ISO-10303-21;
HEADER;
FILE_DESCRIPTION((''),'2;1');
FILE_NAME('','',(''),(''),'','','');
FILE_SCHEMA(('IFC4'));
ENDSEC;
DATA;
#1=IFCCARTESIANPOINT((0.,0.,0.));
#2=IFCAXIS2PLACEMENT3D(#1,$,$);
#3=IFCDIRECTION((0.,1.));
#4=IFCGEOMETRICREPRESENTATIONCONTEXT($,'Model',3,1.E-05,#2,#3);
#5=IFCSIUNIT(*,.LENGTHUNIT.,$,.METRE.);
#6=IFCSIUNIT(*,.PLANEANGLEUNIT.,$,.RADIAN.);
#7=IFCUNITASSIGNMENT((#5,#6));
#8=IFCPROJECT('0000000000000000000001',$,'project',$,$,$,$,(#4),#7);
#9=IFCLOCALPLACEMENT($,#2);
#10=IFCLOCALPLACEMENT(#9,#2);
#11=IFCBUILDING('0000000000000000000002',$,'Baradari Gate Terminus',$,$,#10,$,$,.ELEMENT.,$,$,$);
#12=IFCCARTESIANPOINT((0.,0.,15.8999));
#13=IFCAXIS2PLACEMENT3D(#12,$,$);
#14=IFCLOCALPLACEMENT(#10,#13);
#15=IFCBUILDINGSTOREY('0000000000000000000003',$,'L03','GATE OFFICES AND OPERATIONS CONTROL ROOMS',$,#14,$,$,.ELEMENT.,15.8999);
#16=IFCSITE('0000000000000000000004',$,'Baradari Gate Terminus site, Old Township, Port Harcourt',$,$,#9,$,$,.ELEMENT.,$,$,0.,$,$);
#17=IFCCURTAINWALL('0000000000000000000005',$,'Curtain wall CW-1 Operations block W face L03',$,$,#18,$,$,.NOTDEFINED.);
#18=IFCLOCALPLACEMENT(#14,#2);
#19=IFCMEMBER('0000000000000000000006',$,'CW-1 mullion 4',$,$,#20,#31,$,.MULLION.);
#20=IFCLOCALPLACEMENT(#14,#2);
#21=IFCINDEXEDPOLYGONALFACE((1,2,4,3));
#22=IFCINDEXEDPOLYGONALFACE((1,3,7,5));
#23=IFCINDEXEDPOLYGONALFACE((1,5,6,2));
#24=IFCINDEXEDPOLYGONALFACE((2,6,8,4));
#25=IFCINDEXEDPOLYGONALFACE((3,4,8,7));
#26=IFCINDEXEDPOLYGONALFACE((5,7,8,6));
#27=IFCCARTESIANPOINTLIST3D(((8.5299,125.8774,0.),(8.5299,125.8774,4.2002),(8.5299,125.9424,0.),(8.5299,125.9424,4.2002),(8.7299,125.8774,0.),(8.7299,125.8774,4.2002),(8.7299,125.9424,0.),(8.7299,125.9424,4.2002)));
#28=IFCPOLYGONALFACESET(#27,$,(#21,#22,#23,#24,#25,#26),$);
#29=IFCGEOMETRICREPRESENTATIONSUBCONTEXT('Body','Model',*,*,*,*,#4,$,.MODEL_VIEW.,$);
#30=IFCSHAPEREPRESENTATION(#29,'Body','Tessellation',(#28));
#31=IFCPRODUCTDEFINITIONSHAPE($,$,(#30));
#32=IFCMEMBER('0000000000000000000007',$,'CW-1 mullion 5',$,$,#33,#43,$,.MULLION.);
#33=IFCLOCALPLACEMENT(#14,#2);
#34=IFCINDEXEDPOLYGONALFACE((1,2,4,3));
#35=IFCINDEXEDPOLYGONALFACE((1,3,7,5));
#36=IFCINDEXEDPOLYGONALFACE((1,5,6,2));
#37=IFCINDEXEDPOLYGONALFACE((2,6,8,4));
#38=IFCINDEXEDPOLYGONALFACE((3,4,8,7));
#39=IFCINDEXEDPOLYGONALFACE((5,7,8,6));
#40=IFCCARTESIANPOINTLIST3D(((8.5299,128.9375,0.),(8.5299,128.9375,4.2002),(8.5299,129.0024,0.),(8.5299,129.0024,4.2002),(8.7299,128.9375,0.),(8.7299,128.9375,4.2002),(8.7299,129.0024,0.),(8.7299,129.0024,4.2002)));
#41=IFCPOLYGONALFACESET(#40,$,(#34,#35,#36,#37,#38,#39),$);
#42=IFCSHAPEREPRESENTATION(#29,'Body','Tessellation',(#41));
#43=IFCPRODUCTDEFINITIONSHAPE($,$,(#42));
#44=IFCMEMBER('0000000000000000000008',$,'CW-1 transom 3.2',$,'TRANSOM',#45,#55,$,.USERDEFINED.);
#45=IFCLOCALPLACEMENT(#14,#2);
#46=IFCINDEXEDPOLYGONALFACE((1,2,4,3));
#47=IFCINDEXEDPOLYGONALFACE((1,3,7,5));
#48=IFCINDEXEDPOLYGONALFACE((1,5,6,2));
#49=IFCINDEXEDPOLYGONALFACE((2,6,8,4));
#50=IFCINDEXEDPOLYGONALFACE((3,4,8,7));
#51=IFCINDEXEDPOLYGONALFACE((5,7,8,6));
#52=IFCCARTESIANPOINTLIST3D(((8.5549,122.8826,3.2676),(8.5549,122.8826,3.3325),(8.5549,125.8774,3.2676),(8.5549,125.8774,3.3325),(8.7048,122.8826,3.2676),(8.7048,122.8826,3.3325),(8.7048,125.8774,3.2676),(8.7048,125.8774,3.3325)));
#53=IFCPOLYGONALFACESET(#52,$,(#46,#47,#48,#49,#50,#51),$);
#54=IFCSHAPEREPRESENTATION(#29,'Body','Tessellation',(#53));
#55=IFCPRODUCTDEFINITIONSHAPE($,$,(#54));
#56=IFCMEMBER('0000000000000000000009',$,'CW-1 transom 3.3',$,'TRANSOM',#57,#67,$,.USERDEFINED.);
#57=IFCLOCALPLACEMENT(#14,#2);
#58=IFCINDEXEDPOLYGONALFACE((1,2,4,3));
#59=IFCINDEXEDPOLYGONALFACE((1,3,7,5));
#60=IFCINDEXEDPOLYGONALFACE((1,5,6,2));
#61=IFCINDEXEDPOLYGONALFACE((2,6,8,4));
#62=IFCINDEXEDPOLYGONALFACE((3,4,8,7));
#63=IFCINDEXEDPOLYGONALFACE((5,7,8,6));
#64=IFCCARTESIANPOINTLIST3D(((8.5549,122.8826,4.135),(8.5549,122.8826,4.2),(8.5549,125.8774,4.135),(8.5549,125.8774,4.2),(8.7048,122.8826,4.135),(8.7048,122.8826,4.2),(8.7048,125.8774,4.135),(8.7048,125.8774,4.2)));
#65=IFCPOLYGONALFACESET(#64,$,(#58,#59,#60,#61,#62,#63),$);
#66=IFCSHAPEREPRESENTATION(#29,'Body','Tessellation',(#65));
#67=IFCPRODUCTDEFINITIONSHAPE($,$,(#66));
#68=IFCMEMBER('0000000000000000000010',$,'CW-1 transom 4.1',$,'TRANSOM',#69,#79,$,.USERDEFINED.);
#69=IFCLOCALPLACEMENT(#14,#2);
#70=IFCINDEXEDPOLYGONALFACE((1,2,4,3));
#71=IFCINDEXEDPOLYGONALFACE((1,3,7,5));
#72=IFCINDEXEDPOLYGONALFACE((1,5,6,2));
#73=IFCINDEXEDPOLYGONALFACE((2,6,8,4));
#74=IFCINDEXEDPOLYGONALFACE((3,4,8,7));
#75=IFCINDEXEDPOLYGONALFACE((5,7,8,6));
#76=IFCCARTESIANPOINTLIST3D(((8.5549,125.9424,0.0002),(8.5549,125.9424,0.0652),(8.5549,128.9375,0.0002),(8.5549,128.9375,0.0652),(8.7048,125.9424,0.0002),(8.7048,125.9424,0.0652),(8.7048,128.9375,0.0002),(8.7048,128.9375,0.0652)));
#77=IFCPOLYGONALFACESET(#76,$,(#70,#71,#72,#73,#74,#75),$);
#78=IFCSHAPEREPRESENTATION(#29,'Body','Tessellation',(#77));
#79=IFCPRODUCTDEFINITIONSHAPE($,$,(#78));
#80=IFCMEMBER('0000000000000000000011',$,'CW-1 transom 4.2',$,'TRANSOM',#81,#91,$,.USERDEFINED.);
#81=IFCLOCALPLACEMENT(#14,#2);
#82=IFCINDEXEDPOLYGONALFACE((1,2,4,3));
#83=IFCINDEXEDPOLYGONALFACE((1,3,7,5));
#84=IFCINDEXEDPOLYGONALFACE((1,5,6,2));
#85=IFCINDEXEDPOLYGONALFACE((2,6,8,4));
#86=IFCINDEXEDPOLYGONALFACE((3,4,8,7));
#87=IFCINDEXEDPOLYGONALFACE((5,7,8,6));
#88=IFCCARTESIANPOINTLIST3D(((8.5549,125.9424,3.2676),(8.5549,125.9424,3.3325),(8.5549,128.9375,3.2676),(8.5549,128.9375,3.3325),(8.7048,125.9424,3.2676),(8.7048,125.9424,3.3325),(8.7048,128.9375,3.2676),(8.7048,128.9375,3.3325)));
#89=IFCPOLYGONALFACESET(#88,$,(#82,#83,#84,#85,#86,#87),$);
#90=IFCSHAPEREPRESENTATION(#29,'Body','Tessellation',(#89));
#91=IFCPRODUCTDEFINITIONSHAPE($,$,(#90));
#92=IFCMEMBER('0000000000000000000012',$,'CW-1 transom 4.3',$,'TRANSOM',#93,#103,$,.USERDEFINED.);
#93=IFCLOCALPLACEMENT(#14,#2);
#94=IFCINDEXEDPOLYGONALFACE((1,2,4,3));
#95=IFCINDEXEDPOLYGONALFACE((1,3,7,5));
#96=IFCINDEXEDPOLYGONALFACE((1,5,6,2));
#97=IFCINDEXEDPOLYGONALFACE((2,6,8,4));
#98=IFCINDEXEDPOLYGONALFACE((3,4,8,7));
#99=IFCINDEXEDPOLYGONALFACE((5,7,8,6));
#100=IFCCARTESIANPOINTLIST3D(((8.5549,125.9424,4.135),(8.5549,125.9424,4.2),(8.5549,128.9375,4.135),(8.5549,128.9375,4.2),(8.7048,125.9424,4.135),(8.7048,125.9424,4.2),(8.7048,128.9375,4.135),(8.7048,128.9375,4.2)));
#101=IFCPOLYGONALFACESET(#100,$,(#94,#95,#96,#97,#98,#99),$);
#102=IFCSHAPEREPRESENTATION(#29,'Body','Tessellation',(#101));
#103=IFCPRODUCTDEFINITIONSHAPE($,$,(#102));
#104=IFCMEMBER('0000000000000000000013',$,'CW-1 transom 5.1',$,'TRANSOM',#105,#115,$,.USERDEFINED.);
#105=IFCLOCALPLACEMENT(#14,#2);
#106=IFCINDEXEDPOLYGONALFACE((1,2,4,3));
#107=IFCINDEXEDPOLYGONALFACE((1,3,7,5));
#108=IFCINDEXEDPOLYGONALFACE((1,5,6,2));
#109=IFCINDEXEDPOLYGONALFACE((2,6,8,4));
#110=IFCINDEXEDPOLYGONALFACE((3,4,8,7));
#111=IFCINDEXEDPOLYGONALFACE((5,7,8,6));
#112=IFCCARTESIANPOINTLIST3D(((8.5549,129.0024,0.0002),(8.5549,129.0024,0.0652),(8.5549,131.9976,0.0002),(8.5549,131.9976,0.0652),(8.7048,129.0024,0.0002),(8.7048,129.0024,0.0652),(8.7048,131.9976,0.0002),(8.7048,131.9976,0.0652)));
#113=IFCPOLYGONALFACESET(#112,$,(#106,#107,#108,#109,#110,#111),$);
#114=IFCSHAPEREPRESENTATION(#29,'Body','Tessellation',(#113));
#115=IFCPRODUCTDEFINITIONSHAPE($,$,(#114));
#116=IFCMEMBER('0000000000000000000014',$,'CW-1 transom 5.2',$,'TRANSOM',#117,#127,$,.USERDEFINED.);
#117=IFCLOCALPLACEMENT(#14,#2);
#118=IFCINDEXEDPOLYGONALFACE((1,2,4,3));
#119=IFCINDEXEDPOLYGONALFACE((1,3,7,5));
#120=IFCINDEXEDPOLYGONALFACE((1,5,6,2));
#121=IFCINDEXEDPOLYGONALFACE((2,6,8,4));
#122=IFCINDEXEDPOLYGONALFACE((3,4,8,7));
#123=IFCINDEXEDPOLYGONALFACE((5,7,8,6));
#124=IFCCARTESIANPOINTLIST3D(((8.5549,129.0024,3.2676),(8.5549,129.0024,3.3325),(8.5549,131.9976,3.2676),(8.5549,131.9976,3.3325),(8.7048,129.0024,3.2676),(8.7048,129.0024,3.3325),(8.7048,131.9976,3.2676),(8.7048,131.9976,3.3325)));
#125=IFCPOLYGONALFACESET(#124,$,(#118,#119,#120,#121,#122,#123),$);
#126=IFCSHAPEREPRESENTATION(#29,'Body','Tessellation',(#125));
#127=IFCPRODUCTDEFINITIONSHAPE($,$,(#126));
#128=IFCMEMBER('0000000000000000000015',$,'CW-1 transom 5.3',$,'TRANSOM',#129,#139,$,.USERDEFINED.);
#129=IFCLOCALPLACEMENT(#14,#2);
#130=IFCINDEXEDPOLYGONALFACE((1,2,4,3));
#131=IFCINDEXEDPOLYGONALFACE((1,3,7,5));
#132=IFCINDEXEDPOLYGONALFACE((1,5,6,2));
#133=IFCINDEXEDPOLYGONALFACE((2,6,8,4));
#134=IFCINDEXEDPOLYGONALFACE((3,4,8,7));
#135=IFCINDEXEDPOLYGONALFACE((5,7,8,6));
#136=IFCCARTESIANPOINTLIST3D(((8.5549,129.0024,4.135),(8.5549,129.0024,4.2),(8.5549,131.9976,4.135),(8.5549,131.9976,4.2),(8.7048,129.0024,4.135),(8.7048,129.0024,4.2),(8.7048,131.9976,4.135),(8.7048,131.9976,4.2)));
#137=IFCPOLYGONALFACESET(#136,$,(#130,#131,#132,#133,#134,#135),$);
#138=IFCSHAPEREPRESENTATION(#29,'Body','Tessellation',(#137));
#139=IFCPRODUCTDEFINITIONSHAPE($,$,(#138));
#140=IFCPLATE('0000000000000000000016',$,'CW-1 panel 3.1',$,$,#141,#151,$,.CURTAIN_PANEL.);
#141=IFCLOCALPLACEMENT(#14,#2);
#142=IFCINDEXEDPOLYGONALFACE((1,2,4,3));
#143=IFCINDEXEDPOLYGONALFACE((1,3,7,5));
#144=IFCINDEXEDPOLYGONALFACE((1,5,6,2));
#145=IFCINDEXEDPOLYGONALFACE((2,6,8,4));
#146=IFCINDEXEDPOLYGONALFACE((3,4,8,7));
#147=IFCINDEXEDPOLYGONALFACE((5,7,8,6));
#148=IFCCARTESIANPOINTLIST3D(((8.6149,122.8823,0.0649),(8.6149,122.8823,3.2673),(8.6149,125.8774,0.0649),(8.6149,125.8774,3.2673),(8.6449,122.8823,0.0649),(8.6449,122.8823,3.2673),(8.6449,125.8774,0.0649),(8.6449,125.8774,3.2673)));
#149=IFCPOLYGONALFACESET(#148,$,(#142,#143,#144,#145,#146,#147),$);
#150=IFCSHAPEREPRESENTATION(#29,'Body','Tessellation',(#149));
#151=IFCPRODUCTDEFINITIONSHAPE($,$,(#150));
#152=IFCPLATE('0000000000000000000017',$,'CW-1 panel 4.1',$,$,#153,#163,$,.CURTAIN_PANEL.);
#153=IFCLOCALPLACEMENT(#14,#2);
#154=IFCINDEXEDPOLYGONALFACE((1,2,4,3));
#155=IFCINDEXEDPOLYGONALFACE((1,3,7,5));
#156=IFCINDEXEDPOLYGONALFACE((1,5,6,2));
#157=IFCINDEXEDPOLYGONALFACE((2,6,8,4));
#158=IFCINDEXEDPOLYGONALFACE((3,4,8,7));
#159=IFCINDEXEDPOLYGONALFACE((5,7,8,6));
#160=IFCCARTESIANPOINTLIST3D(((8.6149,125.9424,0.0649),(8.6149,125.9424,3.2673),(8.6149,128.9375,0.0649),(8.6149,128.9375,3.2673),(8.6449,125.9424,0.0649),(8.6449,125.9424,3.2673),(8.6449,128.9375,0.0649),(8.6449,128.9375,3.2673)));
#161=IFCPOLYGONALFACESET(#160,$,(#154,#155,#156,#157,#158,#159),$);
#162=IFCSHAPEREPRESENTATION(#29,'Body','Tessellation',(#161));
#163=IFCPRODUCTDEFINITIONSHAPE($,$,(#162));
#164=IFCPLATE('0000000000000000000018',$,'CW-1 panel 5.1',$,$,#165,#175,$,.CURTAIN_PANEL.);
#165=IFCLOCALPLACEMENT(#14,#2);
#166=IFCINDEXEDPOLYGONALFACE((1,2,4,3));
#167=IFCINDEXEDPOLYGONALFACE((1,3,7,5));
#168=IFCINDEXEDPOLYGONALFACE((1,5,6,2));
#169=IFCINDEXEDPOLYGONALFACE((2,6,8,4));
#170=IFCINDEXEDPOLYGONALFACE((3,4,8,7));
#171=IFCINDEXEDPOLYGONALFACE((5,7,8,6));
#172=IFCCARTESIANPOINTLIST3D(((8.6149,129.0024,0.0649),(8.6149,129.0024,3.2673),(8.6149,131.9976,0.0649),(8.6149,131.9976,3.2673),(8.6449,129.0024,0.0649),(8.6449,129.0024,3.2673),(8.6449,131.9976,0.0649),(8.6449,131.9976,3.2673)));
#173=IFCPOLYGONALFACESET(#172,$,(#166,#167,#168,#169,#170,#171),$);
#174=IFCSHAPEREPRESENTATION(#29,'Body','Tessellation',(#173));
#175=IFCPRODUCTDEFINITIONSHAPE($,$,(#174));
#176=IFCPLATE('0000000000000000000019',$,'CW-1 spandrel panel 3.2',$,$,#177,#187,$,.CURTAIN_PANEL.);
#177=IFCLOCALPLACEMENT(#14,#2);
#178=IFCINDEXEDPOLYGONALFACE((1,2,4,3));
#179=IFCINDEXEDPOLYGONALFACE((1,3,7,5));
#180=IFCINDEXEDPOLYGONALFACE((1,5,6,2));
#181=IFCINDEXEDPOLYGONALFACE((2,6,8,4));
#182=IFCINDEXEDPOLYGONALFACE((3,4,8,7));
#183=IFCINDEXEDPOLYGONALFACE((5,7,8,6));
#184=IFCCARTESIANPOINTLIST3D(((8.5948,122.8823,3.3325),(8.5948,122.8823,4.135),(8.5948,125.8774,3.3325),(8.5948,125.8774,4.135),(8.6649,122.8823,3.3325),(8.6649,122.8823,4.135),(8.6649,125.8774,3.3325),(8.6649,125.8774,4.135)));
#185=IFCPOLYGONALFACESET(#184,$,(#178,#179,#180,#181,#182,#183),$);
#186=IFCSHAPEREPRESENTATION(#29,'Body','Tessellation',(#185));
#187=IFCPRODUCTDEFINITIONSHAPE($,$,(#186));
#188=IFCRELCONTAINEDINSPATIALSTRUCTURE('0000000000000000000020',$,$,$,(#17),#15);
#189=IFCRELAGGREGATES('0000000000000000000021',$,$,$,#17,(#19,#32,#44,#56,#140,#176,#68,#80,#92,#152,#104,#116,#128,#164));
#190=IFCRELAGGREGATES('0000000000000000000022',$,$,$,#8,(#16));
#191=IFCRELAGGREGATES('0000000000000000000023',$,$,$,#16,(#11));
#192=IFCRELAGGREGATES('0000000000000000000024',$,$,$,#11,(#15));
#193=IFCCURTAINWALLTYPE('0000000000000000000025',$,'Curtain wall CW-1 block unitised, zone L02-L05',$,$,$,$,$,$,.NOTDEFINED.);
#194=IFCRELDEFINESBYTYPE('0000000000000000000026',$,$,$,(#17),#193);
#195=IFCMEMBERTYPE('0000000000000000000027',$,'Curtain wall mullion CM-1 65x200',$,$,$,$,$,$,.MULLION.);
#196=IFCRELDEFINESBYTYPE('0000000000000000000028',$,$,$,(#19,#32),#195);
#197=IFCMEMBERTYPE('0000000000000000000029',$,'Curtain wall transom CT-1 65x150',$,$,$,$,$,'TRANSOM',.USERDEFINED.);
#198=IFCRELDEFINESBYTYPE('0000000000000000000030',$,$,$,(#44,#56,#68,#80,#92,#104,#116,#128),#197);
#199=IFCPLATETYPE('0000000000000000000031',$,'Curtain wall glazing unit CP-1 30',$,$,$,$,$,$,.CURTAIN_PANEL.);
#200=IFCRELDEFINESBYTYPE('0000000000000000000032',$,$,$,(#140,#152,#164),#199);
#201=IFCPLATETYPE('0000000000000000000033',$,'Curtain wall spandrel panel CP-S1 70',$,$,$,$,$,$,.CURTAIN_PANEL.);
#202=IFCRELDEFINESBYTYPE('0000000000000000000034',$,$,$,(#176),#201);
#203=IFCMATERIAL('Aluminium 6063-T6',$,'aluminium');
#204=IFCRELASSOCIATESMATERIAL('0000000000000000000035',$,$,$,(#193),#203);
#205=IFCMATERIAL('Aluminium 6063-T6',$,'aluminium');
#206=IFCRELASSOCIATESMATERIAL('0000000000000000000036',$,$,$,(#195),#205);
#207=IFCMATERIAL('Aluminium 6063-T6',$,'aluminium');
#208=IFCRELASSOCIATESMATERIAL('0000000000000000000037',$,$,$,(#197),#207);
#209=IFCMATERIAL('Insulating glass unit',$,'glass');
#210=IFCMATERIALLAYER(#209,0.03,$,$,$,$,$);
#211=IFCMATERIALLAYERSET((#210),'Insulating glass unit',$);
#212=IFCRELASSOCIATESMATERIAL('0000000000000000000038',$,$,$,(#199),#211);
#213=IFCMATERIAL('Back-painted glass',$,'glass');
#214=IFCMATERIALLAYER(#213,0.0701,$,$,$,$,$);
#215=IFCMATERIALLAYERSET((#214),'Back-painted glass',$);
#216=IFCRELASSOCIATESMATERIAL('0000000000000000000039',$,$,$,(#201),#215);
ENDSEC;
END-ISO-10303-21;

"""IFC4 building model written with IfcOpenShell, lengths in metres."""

from ifc_helpers import new_model, si_unit, direction, frame, origin, origin_2d, place, context, subcontext, project, spatial, rectangle, extrude, material, layer, layer_set, material_profile, profile_set, type_object, element, aggregate, save


model = new_model("IFC4")

# Units and contexts
model_context = context("Model", 3, precision=1e-05, world=origin(), true_north=direction((0.0, 1.0)))
body_context = subcontext(model_context, "Body", "Model", "MODEL_VIEW")
ifc_project = project(units=[si_unit("LENGTHUNIT", "METRE"), si_unit("PLANEANGLEUNIT", "RADIAN")], contexts=[model_context])

# Site, building, storey
site_placement = place(None, origin())
site = spatial("IfcSite", under=ifc_project, at=site_placement, Name="Baradari Gate Terminus site, Old Township, Port Harcourt", CompositionType="ELEMENT", RefElevation=0.0)
building_placement = place(site_placement, origin())
building = spatial("IfcBuilding", under=site, at=building_placement, Name="Baradari Gate Terminus", CompositionType="ELEMENT")
storey_placement = place(building_placement, frame((0.0, 0.0, 15.8999)))
storey = spatial("IfcBuildingStorey", under=building, at=storey_placement, Name="L03", Description="GATE OFFICES AND OPERATIONS CONTROL ROOMS", CompositionType="ELEMENT", Elevation=15.8999)

# Curtain wall, members, plates
ifc_material_1 = material(Name="Aluminium 6063-T6", Category="aluminium")
curtain_wall_type = type_object("IfcCurtainWallType", Name="Curtain wall CW-1 block unitised, zone L02-L05", PredefinedType="NOTDEFINED", material=ifc_material_1)
curtain_wall_placement = place(storey_placement, origin())
curtain_wall = element("IfcCurtainWall", 1, at=curtain_wall_placement, inside=storey, type_object=curtain_wall_type, Name="Curtain wall CW-1 Operations block W face L03", PredefinedType="NOTDEFINED")
ifc_material_2 = material(Name="Aluminium 6063-T6", Category="aluminium")
ifc_material_profile_1 = material_profile(ifc_material_2, rectangle(XDim=0.2, YDim=0.0649, at=origin_2d()), Name="CM-1 65X200")
ifc_profile_set_1 = profile_set([ifc_material_profile_1], Name="Aluminium 6063-T6")
member_type_1 = type_object("IfcMemberType", Name="Curtain wall mullion CM-1 65x200", PredefinedType="MULLION", material=ifc_profile_set_1)
member_1_placement = place(storey_placement, frame((8.6299, 125.9099, 0.0), z_axis=(0.0, 0.0, 1.0), x_axis=(-1.0, 0.0, 0.0)))
member_1 = element("IfcMember", 2, at=member_1_placement, type_object=member_type_1, Name="CW-1 mullion 4", PredefinedType="MULLION", context=body_context, shape_type="SweptSolid", body=[
    extrude(rectangle(XDim=0.2, YDim=0.0649, at=origin_2d()), origin(), (0.0, 0.0, 1.0), 4.2002),
])
member_2_placement = place(storey_placement, frame((8.6299, 128.97, 0.0), z_axis=(0.0, 0.0, 1.0), x_axis=(-1.0, 0.0, 0.0)))
member_2 = element("IfcMember", 3, at=member_2_placement, type_object=member_type_1, Name="CW-1 mullion 5", PredefinedType="MULLION", context=body_context, shape_type="SweptSolid", body=[
    extrude(rectangle(XDim=0.2, YDim=0.0649, at=origin_2d()), origin(), (0.0, 0.0, 1.0), 4.2002),
])
ifc_material_3 = material(Name="Aluminium 6063-T6", Category="aluminium")
ifc_material_profile_2 = material_profile(ifc_material_3, rectangle(XDim=0.1499, YDim=0.0649, at=origin_2d()), Name="CT-1 65X150")
ifc_profile_set_2 = profile_set([ifc_material_profile_2], Name="Aluminium 6063-T6")
member_type_2 = type_object("IfcMemberType", Name="Curtain wall transom CT-1 65x150", ElementType="TRANSOM", PredefinedType="USERDEFINED", material=ifc_profile_set_2)
member_3_placement = place(storey_placement, frame((8.6299, 122.8826, 3.3), z_axis=(0.0, 1.0, 0.0), x_axis=(-1.0, 0.0, 0.0)))
member_3 = element("IfcMember", 4, at=member_3_placement, type_object=member_type_2, Name="CW-1 transom 3.2", ObjectType="TRANSOM", PredefinedType="USERDEFINED", context=body_context, shape_type="SweptSolid", body=[
    extrude(rectangle(XDim=0.1499, YDim=0.0649, at=origin_2d()), origin(), (0.0, 0.0, 1.0), 2.9949),
])
member_4_placement = place(storey_placement, frame((8.6299, 122.8826, 4.1675), z_axis=(0.0, 1.0, 0.0), x_axis=(-1.0, 0.0, 0.0)))
member_4 = element("IfcMember", 5, at=member_4_placement, type_object=member_type_2, Name="CW-1 transom 3.3", ObjectType="TRANSOM", PredefinedType="USERDEFINED", context=body_context, shape_type="SweptSolid", body=[
    extrude(rectangle(XDim=0.1499, YDim=0.0649, at=origin_2d()), origin(), (0.0, 0.0, 1.0), 2.9949),
])
member_5_placement = place(storey_placement, frame((8.6299, 125.9424, 0.0327), z_axis=(0.0, 1.0, 0.0), x_axis=(-1.0, 0.0, 0.0)))
member_5 = element("IfcMember", 6, at=member_5_placement, type_object=member_type_2, Name="CW-1 transom 4.1", ObjectType="TRANSOM", PredefinedType="USERDEFINED", context=body_context, shape_type="SweptSolid", body=[
    extrude(rectangle(XDim=0.1499, YDim=0.0649, at=origin_2d()), origin(), (0.0, 0.0, 1.0), 2.9951),
])
member_6_placement = place(storey_placement, frame((8.6299, 125.9424, 3.3), z_axis=(0.0, 1.0, 0.0), x_axis=(-1.0, 0.0, 0.0)))
member_6 = element("IfcMember", 7, at=member_6_placement, type_object=member_type_2, Name="CW-1 transom 4.2", ObjectType="TRANSOM", PredefinedType="USERDEFINED", context=body_context, shape_type="SweptSolid", body=[
    extrude(rectangle(XDim=0.1499, YDim=0.0649, at=origin_2d()), origin(), (0.0, 0.0, 1.0), 2.9951),
])
member_7_placement = place(storey_placement, frame((8.6299, 125.9424, 4.1675), z_axis=(0.0, 1.0, 0.0), x_axis=(-1.0, 0.0, 0.0)))
member_7 = element("IfcMember", 8, at=member_7_placement, type_object=member_type_2, Name="CW-1 transom 4.3", ObjectType="TRANSOM", PredefinedType="USERDEFINED", context=body_context, shape_type="SweptSolid", body=[
    extrude(rectangle(XDim=0.1499, YDim=0.0649, at=origin_2d()), origin(), (0.0, 0.0, 1.0), 2.9951),
])
member_8_placement = place(storey_placement, frame((8.6299, 129.0024, 0.0327), z_axis=(0.0, 1.0, 0.0), x_axis=(-1.0, 0.0, 0.0)))
member_8 = element("IfcMember", 9, at=member_8_placement, type_object=member_type_2, Name="CW-1 transom 5.1", ObjectType="TRANSOM", PredefinedType="USERDEFINED", context=body_context, shape_type="SweptSolid", body=[
    extrude(rectangle(XDim=0.1499, YDim=0.0649, at=origin_2d()), origin(), (0.0, 0.0, 1.0), 2.9951),
])
member_9_placement = place(storey_placement, frame((8.6299, 129.0024, 3.3), z_axis=(0.0, 1.0, 0.0), x_axis=(-1.0, 0.0, 0.0)))
member_9 = element("IfcMember", 10, at=member_9_placement, type_object=member_type_2, Name="CW-1 transom 5.2", ObjectType="TRANSOM", PredefinedType="USERDEFINED", context=body_context, shape_type="SweptSolid", body=[
    extrude(rectangle(XDim=0.1499, YDim=0.0649, at=origin_2d()), origin(), (0.0, 0.0, 1.0), 2.9951),
])
member_10_placement = place(storey_placement, frame((8.6299, 129.0024, 4.1675), z_axis=(0.0, 1.0, 0.0), x_axis=(-1.0, 0.0, 0.0)))
member_10 = element("IfcMember", 11, at=member_10_placement, type_object=member_type_2, Name="CW-1 transom 5.3", ObjectType="TRANSOM", PredefinedType="USERDEFINED", context=body_context, shape_type="SweptSolid", body=[
    extrude(rectangle(XDim=0.1499, YDim=0.0649, at=origin_2d()), origin(), (0.0, 0.0, 1.0), 2.9951),
])
ifc_material_4 = material(Name="Insulating glass unit", Category="glass")
ifc_layer_1 = layer(ifc_material_4, 0.03)
ifc_layer_set_1 = layer_set([ifc_layer_1], Name="Insulating glass unit")
plate_type_1 = type_object("IfcPlateType", Name="Curtain wall glazing unit CP-1 30", PredefinedType="CURTAIN_PANEL", material=ifc_layer_set_1)
plate_1_placement = place(storey_placement, frame((8.6299, 124.3799, 0.0649), z_axis=(0.0, 0.0, 1.0), x_axis=(0.0, 1.0, 0.0)))
plate_1 = element("IfcPlate", 12, at=plate_1_placement, type_object=plate_type_1, Name="CW-1 panel 3.1", PredefinedType="CURTAIN_PANEL", context=body_context, shape_type="SweptSolid", body=[
    extrude(rectangle(XDim=2.9951, YDim=0.03, at=origin_2d()), origin(), (0.0, 0.0, 1.0), 3.2024),
])
plate_2_placement = place(storey_placement, frame((8.6299, 127.4399, 0.0649), z_axis=(0.0, 0.0, 1.0), x_axis=(0.0, 1.0, 0.0)))
plate_2 = element("IfcPlate", 13, at=plate_2_placement, type_object=plate_type_1, Name="CW-1 panel 4.1", PredefinedType="CURTAIN_PANEL", context=body_context, shape_type="SweptSolid", body=[
    extrude(rectangle(XDim=2.9951, YDim=0.03, at=origin_2d()), origin(), (0.0, 0.0, 1.0), 3.2024),
])
plate_3_placement = place(storey_placement, frame((8.6299, 130.5, 0.0649), z_axis=(0.0, 0.0, 1.0), x_axis=(0.0, 1.0, 0.0)))
plate_3 = element("IfcPlate", 14, at=plate_3_placement, type_object=plate_type_1, Name="CW-1 panel 5.1", PredefinedType="CURTAIN_PANEL", context=body_context, shape_type="SweptSolid", body=[
    extrude(rectangle(XDim=2.9951, YDim=0.03, at=origin_2d()), origin(), (0.0, 0.0, 1.0), 3.2024),
])
ifc_material_5 = material(Name="Back-painted glass", Category="glass")
ifc_layer_2 = layer(ifc_material_5, 0.0701)
ifc_layer_set_2 = layer_set([ifc_layer_2], Name="Back-painted glass")
plate_type_2 = type_object("IfcPlateType", Name="Curtain wall spandrel panel CP-S1 70", PredefinedType="CURTAIN_PANEL", material=ifc_layer_set_2)
plate_4_placement = place(storey_placement, frame((8.6299, 124.3799, 3.3325), z_axis=(0.0, 0.0, 1.0), x_axis=(0.0, 1.0, 0.0)))
plate_4 = element("IfcPlate", 15, at=plate_4_placement, type_object=plate_type_2, Name="CW-1 spandrel panel 3.2", PredefinedType="CURTAIN_PANEL", context=body_context, shape_type="SweptSolid", body=[
    extrude(rectangle(XDim=2.9951, YDim=0.0701, at=origin_2d()), origin(), (0.0, 0.0, 1.0), 0.8025),
])
aggregate(curtain_wall, [member_1, member_2, member_3, member_4, plate_1, plate_4, member_5, member_6, member_7, plate_2, member_8, member_9, member_10, plate_3])

save(model, "model.ifc")
